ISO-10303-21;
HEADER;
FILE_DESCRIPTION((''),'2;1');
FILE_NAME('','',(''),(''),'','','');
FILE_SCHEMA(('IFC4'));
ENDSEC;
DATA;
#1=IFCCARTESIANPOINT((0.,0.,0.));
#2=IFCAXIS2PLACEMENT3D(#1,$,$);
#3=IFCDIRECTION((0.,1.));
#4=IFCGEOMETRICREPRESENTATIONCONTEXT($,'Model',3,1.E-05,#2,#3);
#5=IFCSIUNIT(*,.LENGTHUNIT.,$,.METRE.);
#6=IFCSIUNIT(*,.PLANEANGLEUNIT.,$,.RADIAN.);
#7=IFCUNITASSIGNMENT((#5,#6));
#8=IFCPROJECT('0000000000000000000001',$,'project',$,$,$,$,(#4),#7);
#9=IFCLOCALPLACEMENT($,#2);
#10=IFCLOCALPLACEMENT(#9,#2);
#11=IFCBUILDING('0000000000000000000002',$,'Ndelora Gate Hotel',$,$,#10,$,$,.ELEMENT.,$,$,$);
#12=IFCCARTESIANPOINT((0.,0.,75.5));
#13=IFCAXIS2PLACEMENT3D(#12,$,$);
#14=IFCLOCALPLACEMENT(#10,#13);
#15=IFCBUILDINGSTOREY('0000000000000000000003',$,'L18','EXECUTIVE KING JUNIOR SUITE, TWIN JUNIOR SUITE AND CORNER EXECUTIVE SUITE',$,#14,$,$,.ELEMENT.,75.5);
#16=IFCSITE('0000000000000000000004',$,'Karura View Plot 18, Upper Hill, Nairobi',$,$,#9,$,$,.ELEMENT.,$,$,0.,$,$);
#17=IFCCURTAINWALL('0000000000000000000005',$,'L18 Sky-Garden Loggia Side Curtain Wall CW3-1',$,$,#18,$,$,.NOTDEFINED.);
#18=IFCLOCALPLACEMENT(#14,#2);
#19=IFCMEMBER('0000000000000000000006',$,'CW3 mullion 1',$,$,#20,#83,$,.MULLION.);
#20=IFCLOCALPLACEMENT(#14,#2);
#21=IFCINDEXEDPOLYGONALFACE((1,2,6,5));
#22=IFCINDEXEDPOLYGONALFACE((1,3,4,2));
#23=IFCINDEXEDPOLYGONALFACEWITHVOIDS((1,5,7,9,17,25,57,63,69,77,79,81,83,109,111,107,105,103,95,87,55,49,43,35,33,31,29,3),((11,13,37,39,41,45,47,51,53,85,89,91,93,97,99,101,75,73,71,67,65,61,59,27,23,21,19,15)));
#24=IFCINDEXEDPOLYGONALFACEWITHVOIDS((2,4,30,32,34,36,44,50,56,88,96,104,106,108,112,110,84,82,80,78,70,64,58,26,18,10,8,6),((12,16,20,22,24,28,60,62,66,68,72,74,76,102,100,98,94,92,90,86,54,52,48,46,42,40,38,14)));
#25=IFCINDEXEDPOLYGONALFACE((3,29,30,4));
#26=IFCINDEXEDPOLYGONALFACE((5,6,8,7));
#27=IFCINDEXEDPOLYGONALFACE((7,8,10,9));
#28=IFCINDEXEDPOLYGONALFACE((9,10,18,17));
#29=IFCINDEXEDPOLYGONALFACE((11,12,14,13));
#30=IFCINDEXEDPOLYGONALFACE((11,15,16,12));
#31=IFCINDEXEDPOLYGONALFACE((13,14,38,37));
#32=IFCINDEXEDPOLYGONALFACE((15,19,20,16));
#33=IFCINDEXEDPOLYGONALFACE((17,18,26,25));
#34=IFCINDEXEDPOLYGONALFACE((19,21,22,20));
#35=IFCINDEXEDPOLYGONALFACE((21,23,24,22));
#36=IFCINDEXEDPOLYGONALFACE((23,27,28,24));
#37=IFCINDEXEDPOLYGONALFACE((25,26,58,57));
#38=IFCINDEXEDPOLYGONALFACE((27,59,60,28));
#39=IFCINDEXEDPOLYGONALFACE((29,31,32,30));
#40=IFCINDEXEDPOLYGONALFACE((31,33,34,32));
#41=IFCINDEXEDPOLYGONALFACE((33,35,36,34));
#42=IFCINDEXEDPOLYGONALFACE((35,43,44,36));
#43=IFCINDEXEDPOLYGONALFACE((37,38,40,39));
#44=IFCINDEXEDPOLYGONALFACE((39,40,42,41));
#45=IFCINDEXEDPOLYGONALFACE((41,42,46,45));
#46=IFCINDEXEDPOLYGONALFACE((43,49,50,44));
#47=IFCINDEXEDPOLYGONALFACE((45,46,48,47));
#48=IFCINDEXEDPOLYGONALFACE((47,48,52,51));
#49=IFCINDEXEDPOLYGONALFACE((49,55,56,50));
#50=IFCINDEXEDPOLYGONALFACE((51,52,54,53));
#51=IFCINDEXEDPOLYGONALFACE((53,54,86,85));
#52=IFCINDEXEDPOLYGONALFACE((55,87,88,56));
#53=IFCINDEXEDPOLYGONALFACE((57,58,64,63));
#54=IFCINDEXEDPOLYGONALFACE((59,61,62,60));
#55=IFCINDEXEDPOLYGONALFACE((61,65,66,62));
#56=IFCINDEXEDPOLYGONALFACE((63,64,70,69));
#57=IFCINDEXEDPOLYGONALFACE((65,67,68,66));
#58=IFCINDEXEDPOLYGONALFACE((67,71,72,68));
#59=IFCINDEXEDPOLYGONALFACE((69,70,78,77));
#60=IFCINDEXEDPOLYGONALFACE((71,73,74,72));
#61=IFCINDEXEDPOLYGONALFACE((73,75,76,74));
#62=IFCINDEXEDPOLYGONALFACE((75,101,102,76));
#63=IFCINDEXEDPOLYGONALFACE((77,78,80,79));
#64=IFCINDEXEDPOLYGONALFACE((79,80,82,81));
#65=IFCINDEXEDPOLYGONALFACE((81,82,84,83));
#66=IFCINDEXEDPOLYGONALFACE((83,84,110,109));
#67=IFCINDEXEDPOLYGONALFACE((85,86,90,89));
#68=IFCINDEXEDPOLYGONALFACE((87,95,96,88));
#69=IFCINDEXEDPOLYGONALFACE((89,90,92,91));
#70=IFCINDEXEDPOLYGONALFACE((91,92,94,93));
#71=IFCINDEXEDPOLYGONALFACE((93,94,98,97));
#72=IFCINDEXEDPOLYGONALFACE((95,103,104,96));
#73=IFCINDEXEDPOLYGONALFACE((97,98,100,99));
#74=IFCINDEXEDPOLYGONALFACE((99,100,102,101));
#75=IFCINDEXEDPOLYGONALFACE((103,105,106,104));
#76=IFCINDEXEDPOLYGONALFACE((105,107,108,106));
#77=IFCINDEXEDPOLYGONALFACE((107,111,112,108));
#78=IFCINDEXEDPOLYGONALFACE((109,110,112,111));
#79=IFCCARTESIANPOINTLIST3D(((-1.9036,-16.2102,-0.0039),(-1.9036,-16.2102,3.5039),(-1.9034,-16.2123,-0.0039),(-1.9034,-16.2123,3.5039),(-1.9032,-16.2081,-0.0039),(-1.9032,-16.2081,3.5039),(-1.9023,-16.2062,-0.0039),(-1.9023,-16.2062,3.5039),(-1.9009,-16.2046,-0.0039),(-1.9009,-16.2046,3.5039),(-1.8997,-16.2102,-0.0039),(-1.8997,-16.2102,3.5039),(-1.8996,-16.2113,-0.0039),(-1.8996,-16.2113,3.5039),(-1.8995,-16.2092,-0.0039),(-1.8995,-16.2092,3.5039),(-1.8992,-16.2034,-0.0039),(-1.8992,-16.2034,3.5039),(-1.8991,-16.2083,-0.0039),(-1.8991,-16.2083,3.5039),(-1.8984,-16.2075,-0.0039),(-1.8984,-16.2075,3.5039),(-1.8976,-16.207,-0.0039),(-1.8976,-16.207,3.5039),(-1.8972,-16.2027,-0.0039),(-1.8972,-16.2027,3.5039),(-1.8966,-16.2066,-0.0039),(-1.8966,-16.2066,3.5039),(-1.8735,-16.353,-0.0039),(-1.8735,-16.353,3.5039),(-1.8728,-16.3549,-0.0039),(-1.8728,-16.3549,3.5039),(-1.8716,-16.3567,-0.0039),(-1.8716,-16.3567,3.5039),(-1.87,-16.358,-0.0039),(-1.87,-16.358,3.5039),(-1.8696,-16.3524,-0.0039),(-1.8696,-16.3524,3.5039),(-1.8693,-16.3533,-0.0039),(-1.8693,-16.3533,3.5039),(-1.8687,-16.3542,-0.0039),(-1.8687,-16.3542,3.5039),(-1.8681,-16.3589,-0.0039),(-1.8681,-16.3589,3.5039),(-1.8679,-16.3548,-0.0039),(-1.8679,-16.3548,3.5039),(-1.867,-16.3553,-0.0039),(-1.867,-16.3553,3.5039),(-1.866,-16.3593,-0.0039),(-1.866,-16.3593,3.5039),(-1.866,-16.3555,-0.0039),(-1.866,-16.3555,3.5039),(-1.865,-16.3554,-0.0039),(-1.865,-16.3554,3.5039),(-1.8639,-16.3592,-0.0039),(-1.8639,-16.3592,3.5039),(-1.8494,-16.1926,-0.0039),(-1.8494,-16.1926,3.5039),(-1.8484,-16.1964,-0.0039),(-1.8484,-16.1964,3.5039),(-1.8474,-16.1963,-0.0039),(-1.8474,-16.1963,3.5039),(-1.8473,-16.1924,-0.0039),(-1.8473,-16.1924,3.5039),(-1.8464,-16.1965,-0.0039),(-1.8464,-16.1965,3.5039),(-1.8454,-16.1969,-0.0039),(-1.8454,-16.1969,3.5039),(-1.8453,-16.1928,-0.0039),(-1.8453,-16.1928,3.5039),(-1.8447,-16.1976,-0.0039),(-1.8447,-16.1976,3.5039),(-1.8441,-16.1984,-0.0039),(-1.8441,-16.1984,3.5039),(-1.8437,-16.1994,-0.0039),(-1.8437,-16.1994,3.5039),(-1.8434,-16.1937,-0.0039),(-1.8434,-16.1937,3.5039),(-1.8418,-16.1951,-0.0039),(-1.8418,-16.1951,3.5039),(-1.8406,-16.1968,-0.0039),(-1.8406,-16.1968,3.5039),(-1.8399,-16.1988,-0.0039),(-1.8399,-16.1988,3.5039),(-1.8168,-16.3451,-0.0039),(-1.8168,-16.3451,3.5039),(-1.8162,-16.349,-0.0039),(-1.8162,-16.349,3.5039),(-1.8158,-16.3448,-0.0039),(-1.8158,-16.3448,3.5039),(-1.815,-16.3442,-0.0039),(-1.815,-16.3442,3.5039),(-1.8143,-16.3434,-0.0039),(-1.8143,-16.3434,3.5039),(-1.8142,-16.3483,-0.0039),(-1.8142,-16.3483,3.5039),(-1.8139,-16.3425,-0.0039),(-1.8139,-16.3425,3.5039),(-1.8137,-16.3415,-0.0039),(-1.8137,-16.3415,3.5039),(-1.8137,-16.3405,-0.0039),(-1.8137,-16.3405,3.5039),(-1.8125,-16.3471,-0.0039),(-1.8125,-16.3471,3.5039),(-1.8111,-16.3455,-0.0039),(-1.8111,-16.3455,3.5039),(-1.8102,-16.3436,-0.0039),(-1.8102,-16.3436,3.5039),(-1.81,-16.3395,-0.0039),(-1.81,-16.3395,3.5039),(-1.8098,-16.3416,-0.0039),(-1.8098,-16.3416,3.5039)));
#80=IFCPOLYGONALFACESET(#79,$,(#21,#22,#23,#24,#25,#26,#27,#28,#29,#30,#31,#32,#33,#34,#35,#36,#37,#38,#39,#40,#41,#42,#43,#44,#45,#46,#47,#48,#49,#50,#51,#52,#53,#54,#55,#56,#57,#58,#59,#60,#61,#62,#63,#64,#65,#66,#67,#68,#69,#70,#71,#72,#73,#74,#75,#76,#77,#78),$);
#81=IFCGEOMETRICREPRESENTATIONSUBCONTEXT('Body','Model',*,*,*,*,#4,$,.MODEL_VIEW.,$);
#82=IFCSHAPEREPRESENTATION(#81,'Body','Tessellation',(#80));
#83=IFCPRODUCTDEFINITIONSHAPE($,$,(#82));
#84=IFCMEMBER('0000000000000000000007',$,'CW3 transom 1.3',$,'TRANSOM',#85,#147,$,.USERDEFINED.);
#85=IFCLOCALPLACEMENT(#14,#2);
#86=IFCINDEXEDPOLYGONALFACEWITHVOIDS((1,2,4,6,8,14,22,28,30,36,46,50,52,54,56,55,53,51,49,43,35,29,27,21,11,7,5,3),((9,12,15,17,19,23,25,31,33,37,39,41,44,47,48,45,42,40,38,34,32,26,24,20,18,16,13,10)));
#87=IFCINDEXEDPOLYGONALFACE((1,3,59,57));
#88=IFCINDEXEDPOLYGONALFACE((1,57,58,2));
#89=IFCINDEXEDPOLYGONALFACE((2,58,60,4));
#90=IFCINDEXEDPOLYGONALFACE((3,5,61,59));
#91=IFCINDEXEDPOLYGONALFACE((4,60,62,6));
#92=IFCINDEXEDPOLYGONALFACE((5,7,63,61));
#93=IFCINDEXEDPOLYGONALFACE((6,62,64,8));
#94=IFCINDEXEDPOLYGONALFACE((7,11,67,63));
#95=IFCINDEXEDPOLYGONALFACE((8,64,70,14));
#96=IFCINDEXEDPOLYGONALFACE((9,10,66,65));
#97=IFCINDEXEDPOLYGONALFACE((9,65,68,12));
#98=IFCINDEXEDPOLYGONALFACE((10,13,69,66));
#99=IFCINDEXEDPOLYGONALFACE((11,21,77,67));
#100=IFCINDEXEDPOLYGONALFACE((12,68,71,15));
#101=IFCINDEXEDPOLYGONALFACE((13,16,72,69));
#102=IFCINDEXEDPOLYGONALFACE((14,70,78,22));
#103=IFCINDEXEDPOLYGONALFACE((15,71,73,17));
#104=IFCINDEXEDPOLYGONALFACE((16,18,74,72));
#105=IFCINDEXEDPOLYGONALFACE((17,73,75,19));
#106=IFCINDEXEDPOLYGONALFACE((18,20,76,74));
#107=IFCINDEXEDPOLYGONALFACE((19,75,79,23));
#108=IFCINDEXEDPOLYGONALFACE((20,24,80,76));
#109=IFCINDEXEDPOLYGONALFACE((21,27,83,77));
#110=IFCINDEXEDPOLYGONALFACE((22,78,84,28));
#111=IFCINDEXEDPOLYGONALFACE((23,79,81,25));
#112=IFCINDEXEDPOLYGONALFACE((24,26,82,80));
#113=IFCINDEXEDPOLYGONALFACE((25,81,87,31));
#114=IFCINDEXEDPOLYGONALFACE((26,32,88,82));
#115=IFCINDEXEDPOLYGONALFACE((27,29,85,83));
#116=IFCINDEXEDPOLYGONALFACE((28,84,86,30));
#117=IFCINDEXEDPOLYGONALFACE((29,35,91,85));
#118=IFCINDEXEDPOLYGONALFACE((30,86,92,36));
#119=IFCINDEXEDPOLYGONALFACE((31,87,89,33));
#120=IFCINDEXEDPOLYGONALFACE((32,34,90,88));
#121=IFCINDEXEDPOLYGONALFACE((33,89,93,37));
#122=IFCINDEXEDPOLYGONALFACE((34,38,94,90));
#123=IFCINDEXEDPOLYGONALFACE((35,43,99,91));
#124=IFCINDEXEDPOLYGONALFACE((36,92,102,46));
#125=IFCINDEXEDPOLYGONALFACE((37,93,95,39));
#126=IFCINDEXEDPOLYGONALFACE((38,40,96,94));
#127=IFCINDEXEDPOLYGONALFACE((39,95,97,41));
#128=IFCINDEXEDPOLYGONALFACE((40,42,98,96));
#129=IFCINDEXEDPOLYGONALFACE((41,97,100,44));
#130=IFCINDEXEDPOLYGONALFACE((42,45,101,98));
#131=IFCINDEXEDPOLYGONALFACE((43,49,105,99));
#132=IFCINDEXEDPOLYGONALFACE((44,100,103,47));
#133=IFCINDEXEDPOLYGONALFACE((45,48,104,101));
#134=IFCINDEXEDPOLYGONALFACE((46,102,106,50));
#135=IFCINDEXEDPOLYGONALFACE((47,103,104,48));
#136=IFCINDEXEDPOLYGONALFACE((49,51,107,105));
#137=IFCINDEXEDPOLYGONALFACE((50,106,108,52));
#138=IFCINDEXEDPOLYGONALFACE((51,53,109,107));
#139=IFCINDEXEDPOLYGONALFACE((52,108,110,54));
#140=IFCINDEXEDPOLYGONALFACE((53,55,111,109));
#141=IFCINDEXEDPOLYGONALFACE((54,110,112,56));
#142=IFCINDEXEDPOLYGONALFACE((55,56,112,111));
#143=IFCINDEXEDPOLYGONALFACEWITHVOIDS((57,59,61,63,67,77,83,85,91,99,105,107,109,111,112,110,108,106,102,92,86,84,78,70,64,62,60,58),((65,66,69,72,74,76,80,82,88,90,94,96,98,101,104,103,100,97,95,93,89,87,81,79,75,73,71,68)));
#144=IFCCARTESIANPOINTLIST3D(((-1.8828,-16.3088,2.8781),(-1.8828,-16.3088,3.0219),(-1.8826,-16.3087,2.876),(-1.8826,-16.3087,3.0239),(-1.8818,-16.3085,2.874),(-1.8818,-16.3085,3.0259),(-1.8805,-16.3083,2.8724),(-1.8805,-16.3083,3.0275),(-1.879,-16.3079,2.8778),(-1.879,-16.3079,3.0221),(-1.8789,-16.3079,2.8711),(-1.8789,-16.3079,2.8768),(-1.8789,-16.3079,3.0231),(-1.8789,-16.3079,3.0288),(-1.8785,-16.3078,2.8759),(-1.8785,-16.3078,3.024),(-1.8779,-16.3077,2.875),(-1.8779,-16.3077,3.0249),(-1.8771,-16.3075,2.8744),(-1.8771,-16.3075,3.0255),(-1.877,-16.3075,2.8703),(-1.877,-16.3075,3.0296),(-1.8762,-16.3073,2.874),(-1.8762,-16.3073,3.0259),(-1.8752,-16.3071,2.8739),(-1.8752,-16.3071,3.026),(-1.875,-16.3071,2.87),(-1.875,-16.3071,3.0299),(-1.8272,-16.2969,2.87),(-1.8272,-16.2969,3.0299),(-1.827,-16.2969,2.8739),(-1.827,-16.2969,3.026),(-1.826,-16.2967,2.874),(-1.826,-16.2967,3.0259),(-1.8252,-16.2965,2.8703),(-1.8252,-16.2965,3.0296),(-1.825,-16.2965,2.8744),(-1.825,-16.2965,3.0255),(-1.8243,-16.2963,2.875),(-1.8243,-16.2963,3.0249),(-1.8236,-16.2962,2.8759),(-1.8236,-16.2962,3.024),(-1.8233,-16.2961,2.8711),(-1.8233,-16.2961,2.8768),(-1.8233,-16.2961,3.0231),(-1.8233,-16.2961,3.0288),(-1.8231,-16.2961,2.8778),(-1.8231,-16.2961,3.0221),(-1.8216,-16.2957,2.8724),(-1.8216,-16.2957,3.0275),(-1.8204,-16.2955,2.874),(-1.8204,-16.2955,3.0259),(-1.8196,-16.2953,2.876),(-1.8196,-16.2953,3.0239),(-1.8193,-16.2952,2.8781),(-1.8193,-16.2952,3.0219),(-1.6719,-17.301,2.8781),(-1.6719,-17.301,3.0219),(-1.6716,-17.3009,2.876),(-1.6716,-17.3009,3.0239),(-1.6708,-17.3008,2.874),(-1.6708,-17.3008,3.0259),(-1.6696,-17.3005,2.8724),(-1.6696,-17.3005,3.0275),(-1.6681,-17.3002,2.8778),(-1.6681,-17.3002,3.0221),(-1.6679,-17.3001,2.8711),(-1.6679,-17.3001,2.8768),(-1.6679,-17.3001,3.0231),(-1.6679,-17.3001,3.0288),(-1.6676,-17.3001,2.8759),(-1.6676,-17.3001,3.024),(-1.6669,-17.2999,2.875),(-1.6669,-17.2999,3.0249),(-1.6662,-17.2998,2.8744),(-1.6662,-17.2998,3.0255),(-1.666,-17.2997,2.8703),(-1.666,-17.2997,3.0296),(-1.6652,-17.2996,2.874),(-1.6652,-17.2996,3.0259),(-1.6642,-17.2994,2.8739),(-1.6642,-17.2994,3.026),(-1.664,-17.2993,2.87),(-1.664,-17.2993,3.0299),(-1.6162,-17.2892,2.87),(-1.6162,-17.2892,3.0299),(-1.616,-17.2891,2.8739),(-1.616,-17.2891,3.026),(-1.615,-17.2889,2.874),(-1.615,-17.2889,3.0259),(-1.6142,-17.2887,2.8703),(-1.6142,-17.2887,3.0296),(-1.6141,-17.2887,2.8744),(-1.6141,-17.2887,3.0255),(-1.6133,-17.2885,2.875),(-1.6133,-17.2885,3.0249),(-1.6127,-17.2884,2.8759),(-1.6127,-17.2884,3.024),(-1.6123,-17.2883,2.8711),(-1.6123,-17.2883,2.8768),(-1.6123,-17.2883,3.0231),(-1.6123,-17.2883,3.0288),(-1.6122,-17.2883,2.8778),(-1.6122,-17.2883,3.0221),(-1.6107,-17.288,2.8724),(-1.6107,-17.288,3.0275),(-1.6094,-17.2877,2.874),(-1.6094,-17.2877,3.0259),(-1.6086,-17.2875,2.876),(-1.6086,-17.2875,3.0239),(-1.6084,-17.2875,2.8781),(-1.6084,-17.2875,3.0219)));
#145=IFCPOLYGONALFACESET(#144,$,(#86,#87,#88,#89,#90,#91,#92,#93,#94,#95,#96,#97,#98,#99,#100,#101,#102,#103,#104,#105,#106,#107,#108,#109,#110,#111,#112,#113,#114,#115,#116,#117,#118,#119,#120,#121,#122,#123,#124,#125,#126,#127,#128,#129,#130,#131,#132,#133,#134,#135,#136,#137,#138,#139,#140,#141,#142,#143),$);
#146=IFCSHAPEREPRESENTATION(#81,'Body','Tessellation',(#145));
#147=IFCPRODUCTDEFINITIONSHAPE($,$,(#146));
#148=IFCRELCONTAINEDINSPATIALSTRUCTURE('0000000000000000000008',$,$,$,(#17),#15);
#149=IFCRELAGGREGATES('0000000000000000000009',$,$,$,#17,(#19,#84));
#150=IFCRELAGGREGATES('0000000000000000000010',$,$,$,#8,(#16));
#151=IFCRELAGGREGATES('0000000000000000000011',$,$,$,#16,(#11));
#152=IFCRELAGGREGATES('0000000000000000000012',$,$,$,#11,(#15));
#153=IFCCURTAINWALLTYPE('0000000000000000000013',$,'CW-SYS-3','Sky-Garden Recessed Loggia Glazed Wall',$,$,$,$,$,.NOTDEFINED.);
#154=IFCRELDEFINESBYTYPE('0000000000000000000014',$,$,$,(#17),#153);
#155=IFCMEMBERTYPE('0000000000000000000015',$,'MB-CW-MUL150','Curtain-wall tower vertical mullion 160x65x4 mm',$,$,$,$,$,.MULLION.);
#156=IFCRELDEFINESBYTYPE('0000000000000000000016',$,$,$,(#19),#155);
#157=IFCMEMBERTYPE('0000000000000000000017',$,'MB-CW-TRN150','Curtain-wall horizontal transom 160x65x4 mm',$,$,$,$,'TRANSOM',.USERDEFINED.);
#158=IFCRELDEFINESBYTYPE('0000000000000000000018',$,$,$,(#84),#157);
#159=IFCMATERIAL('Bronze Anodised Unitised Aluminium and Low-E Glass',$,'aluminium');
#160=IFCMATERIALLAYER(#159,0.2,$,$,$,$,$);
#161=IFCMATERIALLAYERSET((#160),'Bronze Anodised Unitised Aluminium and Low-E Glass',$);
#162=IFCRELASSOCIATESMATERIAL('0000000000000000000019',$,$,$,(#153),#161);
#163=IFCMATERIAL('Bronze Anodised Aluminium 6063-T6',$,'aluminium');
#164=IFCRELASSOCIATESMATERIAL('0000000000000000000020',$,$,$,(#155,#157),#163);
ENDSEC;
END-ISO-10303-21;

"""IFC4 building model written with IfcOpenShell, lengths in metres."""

from ifc_helpers import new_model, si_unit, direction, frame, origin, origin_2d, place, context, subcontext, project, spatial, hollow_rectangle, extrude, material, layer, layer_set, material_profile, profile_set, type_object, element, aggregate, save


model = new_model("IFC4")

# Units and contexts
model_context = context("Model", 3, precision=1e-05, world=origin(), true_north=direction((0.0, 1.0)))
body_context = subcontext(model_context, "Body", "Model", "MODEL_VIEW")
ifc_project = project(units=[si_unit("LENGTHUNIT", "METRE"), si_unit("PLANEANGLEUNIT", "RADIAN")], contexts=[model_context])

# Site, building, storey
site_placement = place(None, origin())
site = spatial("IfcSite", under=ifc_project, at=site_placement, Name="Karura View Plot 18, Upper Hill, Nairobi", CompositionType="ELEMENT", RefElevation=0.0)
building_placement = place(site_placement, origin())
building = spatial("IfcBuilding", under=site, at=building_placement, Name="Ndelora Gate Hotel", CompositionType="ELEMENT")
storey_placement = place(building_placement, frame((0.0, 0.0, 75.5)))
storey = spatial("IfcBuildingStorey", under=building, at=storey_placement, Name="L18", Description="EXECUTIVE KING JUNIOR SUITE, TWIN JUNIOR SUITE AND CORNER EXECUTIVE SUITE", CompositionType="ELEMENT", Elevation=75.5)

# Curtain wall, members
ifc_material_1 = material(Name="Bronze Anodised Unitised Aluminium and Low-E Glass", Category="aluminium")
ifc_layer_1 = layer(ifc_material_1, 0.2)
ifc_layer_set_1 = layer_set([ifc_layer_1], Name="Bronze Anodised Unitised Aluminium and Low-E Glass")
curtain_wall_type = type_object("IfcCurtainWallType", Name="CW-SYS-3", Description="Sky-Garden Recessed Loggia Glazed Wall", PredefinedType="NOTDEFINED", material=ifc_layer_set_1)
curtain_wall_placement = place(storey_placement, origin())
curtain_wall = element("IfcCurtainWall", 1, at=curtain_wall_placement, inside=storey, type_object=curtain_wall_type, Name="L18 Sky-Garden Loggia Side Curtain Wall CW3-1", PredefinedType="NOTDEFINED")
ifc_material_2 = material(Name="Bronze Anodised Aluminium 6063-T6", Category="aluminium")
ifc_material_profile_1 = material_profile(ifc_material_2, hollow_rectangle(XDim=0.0649, YDim=0.1599, WallThickness=0.0039, InnerFilletRadius=0.0039, OuterFilletRadius=0.0081, at=origin_2d()), Name="ALU 160x65x4")
ifc_profile_set_1 = profile_set([ifc_material_profile_1], Name="Bronze Anodised Aluminium 6063-T6")
member_type_1 = type_object("IfcMemberType", Name="MB-CW-MUL150", Description="Curtain-wall tower vertical mullion 160x65x4 mm", PredefinedType="MULLION", material=ifc_profile_set_1)
member_1_placement = place(storey_placement, frame((-1.8567, -16.2759, -0.0039), z_axis=(0.0, 0.0, 1.0), x_axis=(0.978148, 0.207911, 0.0)))
member_1 = element("IfcMember", 2, at=member_1_placement, type_object=member_type_1, Name="CW3 mullion 1", PredefinedType="MULLION", context=body_context, shape_type="SweptSolid", body=[
    extrude(hollow_rectangle(XDim=0.0649, YDim=0.1599, WallThickness=0.0039, InnerFilletRadius=0.0039, OuterFilletRadius=0.0081, at=origin_2d()), origin(), (0.0, 0.0, 1.0), 3.5078),
])
ifc_material_profile_2 = material_profile(ifc_material_2, hollow_rectangle(XDim=0.0649, YDim=0.1599, WallThickness=0.0039, InnerFilletRadius=0.0039, OuterFilletRadius=0.0081, at=origin_2d()), Name="ALU 160x65x4")
ifc_profile_set_2 = profile_set([ifc_material_profile_2], Name="Bronze Anodised Aluminium 6063-T6")
member_type_2 = type_object("IfcMemberType", Name="MB-CW-TRN150", Description="Curtain-wall horizontal transom 160x65x4 mm", ElementType="TRANSOM", PredefinedType="USERDEFINED", material=ifc_profile_set_2)
member_2_placement = place(storey_placement, frame((-1.8511, -16.302, 2.95), z_axis=(0.207951, -0.978139, 0.0), x_axis=(0.978139, 0.207951, 0.0)))
member_2 = element("IfcMember", 3, at=member_2_placement, type_object=member_type_2, Name="CW3 transom 1.3", ObjectType="TRANSOM", PredefinedType="USERDEFINED", context=body_context, shape_type="SweptSolid", body=[
    extrude(hollow_rectangle(XDim=0.0649, YDim=0.1599, WallThickness=0.0039, InnerFilletRadius=0.0039, OuterFilletRadius=0.0081, at=origin_2d()), origin(), (0.0, 0.0, 1.0), 1.0144),
])
aggregate(curtain_wall, [member_1, member_2])

save(model, "model.ifc")
